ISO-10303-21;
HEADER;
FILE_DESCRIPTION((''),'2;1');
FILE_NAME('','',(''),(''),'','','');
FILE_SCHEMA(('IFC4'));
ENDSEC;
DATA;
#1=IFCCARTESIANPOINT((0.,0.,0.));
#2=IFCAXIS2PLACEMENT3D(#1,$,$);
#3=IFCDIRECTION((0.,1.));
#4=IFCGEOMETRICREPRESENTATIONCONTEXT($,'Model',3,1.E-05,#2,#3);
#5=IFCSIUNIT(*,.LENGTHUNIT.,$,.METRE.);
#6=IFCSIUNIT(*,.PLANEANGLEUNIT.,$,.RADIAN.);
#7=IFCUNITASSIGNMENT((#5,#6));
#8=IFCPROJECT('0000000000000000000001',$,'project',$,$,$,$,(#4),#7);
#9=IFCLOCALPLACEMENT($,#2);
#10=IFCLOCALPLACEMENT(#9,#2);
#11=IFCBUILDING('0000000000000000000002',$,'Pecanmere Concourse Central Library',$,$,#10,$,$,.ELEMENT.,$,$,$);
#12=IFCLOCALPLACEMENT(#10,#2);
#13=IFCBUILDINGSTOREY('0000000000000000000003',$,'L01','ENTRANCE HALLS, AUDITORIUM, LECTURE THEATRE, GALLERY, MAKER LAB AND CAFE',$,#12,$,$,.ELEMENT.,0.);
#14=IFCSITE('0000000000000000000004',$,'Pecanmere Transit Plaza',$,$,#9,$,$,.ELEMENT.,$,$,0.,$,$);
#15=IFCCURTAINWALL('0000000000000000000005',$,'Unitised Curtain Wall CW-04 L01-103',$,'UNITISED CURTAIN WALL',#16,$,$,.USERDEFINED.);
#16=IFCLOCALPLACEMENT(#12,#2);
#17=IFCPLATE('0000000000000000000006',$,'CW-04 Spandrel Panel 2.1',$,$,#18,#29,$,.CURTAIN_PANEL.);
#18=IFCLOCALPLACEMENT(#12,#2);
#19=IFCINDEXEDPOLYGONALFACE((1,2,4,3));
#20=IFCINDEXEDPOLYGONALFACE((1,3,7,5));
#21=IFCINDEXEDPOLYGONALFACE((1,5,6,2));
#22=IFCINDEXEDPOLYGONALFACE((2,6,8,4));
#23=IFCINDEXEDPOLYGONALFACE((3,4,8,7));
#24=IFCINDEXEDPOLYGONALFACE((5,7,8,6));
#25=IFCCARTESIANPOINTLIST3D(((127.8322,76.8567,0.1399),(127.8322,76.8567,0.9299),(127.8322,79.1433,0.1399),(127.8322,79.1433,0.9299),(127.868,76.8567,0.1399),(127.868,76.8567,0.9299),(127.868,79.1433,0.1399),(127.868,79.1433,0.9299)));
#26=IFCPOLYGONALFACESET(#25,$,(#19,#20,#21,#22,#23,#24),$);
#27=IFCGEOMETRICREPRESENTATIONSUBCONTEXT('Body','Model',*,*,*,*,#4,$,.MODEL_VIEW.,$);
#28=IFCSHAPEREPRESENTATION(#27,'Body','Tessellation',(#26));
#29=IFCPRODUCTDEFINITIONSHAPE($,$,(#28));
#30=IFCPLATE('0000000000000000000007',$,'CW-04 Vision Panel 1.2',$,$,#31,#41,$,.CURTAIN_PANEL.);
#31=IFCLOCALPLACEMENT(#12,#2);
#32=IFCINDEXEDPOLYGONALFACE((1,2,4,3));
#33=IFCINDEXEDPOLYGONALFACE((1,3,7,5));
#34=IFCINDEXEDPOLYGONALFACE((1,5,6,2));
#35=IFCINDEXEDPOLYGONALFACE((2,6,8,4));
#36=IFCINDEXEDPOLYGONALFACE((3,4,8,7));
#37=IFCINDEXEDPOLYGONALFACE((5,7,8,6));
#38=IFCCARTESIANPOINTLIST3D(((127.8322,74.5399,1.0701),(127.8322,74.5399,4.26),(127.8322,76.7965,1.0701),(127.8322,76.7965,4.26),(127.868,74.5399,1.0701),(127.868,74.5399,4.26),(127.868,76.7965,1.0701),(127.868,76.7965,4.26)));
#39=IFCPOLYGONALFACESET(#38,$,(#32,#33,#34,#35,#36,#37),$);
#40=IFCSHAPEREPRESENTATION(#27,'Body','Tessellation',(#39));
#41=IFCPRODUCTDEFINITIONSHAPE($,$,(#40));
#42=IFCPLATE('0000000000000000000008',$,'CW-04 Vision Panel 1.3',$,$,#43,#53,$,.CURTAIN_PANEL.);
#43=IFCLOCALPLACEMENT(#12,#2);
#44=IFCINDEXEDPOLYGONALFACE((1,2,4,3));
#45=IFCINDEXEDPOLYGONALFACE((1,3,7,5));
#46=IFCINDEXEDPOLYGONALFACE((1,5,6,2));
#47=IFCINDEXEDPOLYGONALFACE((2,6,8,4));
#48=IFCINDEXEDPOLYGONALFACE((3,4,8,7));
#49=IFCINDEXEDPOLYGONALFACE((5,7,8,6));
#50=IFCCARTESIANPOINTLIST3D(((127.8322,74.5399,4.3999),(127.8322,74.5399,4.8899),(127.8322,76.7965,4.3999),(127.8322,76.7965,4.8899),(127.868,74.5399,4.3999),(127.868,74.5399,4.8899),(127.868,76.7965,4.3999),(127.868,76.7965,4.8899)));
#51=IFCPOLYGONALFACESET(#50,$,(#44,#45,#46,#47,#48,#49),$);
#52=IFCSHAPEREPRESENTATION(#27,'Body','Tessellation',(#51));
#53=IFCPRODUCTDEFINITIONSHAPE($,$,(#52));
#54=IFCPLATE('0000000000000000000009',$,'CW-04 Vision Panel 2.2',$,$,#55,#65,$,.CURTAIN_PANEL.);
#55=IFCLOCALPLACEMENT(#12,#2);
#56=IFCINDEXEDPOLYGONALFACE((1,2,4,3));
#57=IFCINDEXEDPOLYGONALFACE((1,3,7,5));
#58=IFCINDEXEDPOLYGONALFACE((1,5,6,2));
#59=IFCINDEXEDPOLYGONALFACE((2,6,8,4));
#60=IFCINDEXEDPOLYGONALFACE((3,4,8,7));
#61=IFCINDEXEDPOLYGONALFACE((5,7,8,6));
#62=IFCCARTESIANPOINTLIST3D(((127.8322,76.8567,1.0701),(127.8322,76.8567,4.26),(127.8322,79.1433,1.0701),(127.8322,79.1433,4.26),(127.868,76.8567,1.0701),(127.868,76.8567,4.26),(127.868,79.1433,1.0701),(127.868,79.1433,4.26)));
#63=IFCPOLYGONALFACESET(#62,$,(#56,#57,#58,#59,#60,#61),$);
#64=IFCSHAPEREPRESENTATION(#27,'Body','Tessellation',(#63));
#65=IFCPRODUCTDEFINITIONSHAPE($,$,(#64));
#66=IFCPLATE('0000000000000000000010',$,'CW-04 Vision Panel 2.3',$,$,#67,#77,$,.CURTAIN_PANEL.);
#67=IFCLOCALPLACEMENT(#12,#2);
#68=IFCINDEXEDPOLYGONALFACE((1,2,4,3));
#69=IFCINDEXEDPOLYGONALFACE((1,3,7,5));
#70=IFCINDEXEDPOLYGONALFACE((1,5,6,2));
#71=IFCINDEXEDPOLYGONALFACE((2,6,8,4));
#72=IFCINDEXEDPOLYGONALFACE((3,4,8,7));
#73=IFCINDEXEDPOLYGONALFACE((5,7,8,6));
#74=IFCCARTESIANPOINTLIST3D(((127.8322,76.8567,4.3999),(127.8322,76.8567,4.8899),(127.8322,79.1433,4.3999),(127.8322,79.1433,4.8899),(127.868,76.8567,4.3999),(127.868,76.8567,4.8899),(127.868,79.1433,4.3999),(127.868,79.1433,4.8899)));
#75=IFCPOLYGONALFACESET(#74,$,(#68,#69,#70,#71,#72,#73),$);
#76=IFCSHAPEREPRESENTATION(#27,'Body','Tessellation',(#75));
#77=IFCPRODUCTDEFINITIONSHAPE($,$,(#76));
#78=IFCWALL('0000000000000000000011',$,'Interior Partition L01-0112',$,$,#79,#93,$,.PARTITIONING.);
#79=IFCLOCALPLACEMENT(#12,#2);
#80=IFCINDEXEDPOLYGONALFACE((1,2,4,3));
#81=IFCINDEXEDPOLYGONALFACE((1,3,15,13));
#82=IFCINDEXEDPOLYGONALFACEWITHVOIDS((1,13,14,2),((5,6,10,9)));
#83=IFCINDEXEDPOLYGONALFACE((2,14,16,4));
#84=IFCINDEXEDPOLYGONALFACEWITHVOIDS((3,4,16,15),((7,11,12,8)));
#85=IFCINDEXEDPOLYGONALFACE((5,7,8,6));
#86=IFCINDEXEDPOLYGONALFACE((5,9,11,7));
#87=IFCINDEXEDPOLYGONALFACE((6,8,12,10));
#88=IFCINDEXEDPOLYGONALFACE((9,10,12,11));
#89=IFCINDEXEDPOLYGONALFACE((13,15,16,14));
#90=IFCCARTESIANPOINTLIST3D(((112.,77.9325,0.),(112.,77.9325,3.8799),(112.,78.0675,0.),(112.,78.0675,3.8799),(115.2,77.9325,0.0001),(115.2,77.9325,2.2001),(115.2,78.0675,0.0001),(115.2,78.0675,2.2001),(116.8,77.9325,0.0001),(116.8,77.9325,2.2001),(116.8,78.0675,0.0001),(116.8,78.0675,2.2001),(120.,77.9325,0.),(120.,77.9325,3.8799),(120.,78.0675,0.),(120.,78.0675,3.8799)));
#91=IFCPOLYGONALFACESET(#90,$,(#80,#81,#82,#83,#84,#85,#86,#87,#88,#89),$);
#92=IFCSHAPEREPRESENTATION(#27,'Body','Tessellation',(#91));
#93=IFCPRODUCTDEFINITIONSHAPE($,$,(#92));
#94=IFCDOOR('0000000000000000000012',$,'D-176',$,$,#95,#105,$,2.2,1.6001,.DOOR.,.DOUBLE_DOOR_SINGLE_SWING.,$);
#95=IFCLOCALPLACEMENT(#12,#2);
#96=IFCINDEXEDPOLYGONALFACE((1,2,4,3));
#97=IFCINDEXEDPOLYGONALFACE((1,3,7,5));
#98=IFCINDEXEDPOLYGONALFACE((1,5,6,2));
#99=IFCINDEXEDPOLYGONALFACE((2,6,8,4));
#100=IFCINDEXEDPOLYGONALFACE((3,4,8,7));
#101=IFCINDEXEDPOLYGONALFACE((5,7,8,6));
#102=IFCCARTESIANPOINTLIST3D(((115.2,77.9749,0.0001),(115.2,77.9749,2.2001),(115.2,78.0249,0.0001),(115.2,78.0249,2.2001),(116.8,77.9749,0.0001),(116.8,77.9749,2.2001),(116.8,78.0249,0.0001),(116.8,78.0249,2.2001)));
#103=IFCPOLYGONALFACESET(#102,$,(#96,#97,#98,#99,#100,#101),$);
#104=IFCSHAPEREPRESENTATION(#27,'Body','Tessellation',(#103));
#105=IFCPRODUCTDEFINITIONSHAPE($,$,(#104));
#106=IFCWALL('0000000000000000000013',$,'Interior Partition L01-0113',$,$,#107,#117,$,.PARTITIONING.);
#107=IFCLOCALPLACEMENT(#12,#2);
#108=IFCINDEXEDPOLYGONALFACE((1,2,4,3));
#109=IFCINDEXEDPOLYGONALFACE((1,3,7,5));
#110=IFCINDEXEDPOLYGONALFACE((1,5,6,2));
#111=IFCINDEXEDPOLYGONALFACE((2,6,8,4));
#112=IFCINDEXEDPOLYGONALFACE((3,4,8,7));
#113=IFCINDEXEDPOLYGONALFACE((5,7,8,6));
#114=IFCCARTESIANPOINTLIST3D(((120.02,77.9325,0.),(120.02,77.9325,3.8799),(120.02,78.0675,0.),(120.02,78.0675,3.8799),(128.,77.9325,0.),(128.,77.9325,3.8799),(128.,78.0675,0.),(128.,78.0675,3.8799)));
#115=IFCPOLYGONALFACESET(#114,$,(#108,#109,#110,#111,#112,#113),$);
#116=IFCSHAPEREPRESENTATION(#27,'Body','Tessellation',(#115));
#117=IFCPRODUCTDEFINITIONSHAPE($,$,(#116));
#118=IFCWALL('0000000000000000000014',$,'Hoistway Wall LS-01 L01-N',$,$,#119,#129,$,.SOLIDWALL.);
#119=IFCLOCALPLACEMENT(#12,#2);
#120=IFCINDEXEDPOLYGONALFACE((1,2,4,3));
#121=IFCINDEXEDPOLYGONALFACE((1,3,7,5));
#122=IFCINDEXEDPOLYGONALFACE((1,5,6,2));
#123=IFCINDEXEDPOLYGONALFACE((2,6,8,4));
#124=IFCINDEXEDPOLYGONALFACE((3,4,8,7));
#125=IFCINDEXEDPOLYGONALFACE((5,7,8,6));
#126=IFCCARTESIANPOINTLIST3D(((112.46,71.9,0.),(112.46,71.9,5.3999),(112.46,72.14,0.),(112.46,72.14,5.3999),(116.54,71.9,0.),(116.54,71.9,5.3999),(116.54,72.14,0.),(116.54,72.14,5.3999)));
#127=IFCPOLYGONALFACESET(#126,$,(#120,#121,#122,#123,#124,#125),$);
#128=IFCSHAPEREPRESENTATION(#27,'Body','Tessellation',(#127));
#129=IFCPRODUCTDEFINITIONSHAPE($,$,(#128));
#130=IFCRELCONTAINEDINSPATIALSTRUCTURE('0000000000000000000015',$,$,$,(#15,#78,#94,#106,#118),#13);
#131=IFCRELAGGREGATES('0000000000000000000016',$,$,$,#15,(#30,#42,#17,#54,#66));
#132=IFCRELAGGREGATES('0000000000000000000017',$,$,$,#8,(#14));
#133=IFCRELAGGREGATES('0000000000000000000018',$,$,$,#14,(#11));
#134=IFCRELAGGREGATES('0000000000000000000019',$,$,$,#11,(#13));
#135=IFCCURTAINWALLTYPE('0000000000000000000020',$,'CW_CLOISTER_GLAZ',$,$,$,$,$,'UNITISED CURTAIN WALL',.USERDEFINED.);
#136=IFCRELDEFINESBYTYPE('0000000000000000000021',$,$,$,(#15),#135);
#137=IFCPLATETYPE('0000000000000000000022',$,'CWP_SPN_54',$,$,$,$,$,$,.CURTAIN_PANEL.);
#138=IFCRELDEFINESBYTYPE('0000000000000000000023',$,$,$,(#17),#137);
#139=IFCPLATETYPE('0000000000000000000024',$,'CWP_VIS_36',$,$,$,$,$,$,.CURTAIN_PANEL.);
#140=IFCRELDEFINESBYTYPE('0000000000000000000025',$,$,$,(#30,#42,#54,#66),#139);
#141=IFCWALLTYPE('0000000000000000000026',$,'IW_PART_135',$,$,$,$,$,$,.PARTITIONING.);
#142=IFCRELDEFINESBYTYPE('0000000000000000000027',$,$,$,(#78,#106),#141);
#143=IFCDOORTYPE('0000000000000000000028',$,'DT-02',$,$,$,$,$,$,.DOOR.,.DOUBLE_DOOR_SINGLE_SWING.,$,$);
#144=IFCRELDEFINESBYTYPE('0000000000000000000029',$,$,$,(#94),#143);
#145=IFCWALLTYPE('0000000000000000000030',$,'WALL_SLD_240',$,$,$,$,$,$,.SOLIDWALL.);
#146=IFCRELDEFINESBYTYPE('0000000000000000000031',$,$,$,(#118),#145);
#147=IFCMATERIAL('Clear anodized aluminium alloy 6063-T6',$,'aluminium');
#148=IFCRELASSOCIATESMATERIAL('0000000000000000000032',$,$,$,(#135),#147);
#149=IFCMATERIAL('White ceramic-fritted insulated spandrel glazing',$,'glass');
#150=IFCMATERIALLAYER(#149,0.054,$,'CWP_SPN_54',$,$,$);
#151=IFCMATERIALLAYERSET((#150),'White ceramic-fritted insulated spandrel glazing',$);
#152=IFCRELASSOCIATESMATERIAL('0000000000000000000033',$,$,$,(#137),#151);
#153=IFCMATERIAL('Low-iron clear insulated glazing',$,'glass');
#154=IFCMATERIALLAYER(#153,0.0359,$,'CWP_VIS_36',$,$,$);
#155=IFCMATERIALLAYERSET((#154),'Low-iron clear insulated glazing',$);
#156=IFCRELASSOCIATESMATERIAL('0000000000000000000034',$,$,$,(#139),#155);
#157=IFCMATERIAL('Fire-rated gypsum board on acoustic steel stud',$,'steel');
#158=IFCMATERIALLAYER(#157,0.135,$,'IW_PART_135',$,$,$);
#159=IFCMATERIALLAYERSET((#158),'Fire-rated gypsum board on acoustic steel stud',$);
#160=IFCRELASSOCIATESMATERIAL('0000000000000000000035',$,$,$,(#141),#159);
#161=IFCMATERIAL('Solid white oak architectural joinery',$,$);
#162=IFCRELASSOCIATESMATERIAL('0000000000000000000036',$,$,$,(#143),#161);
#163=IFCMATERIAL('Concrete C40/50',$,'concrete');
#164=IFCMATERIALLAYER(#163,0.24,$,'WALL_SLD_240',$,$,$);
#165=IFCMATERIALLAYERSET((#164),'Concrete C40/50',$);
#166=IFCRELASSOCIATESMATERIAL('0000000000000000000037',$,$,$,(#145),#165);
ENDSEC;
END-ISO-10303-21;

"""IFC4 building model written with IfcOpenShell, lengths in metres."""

from ifc_helpers import new_model, si_unit, direction, frame, frame_2d, origin, origin_2d, place, context, subcontext, project, spatial, rectangle, extrude, material, layer, layer_set, type_object, element, fill, aggregate, save


model = new_model("IFC4")

# Units and contexts
model_context = context("Model", 3, precision=1e-05, world=origin(), true_north=direction((0.0, 1.0)))
body_context = subcontext(model_context, "Body", "Model", "MODEL_VIEW")
ifc_project = project(units=[si_unit("LENGTHUNIT", "METRE"), si_unit("PLANEANGLEUNIT", "RADIAN")], contexts=[model_context])

# Site, building, storey
site_placement = place(None, origin())
site = spatial("IfcSite", under=ifc_project, at=site_placement, Name="Pecanmere Transit Plaza", CompositionType="ELEMENT", RefElevation=0.0)
building_placement = place(site_placement, origin())
building = spatial("IfcBuilding", under=site, at=building_placement, Name="Pecanmere Concourse Central Library", CompositionType="ELEMENT")
storey_placement = place(building_placement, origin())
storey = spatial("IfcBuildingStorey", under=building, at=storey_placement, Name="L01", Description="ENTRANCE HALLS, AUDITORIUM, LECTURE THEATRE, GALLERY, MAKER LAB AND CAFE", CompositionType="ELEMENT", Elevation=0.0)

# Shared definitions
ifc_material_1 = material(Name="Clear anodized aluminium alloy 6063-T6", Category="aluminium")
curtain_wall_type = type_object("IfcCurtainWallType", Name="CW_CLOISTER_GLAZ", ElementType="UNITISED CURTAIN WALL", PredefinedType="USERDEFINED", material=ifc_material_1)

# Curtain wall, plates
curtain_wall_1_placement = place(storey_placement, origin())
curtain_wall_1 = element("IfcCurtainWall", 1, at=curtain_wall_1_placement, inside=storey, type_object=curtain_wall_type, Name="Unitised Curtain Wall CW-04 L01-103", ObjectType="UNITISED CURTAIN WALL", PredefinedType="USERDEFINED")
ifc_material_2 = material(Name="White ceramic-fritted insulated spandrel glazing", Category="glass")
ifc_layer_1 = layer(ifc_material_2, 0.054, Name="CWP_SPN_54")
ifc_layer_set_1 = layer_set([ifc_layer_1], Name="White ceramic-fritted insulated spandrel glazing")
plate_type_1 = type_object("IfcPlateType", Name="CWP_SPN_54", PredefinedType="CURTAIN_PANEL", material=ifc_layer_set_1)
plate_1_placement = place(storey_placement, frame((127.8501, 78.0, 0.1399), z_axis=(0.0, 0.0, 1.0), x_axis=(0.0, 1.0, 0.0)))
plate_1 = element("IfcPlate", 2, at=plate_1_placement, type_object=plate_type_1, Name="CW-04 Spandrel Panel 2.1", PredefinedType="CURTAIN_PANEL", context=body_context, shape_type="SweptSolid", body=[
    extrude(rectangle(XDim=2.2866, YDim=0.0359, at=origin_2d()), origin(), (0.0, 0.0, 1.0), 0.79),
])
ifc_material_3 = material(Name="Low-iron clear insulated glazing", Category="glass")
ifc_layer_2 = layer(ifc_material_3, 0.0359, Name="CWP_VIS_36")
ifc_layer_set_2 = layer_set([ifc_layer_2], Name="Low-iron clear insulated glazing")
plate_type_2 = type_object("IfcPlateType", Name="CWP_VIS_36", PredefinedType="CURTAIN_PANEL", material=ifc_layer_set_2)
plate_2_placement = place(storey_placement, frame((127.8501, 75.6682, 1.0701), z_axis=(0.0, 0.0, 1.0), x_axis=(0.0, 1.0, 0.0)))
plate_2 = element("IfcPlate", 3, at=plate_2_placement, type_object=plate_type_2, Name="CW-04 Vision Panel 1.2", PredefinedType="CURTAIN_PANEL", context=body_context, shape_type="SweptSolid", body=[
    extrude(rectangle(XDim=2.2566, YDim=0.0359, at=origin_2d()), origin(), (0.0, 0.0, 1.0), 3.1899),
])
plate_3_placement = place(storey_placement, frame((127.8501, 75.6682, 4.3999), z_axis=(0.0, 0.0, 1.0), x_axis=(0.0, 1.0, 0.0)))
plate_3 = element("IfcPlate", 4, at=plate_3_placement, type_object=plate_type_2, Name="CW-04 Vision Panel 1.3", PredefinedType="CURTAIN_PANEL", context=body_context, shape_type="SweptSolid", body=[
    extrude(rectangle(XDim=2.2566, YDim=0.0359, at=origin_2d()), origin(), (0.0, 0.0, 1.0), 0.49),
])
plate_4_placement = place(storey_placement, frame((127.8501, 78.0, 1.0701), z_axis=(0.0, 0.0, 1.0), x_axis=(0.0, 1.0, 0.0)))
plate_4 = element("IfcPlate", 5, at=plate_4_placement, type_object=plate_type_2, Name="CW-04 Vision Panel 2.2", PredefinedType="CURTAIN_PANEL", context=body_context, shape_type="SweptSolid", body=[
    extrude(rectangle(XDim=2.2866, YDim=0.0359, at=origin_2d()), origin(), (0.0, 0.0, 1.0), 3.1899),
])
plate_5_placement = place(storey_placement, frame((127.8501, 78.0, 4.3999), z_axis=(0.0, 0.0, 1.0), x_axis=(0.0, 1.0, 0.0)))
plate_5 = element("IfcPlate", 6, at=plate_5_placement, type_object=plate_type_2, Name="CW-04 Vision Panel 2.3", PredefinedType="CURTAIN_PANEL", context=body_context, shape_type="SweptSolid", body=[
    extrude(rectangle(XDim=2.2866, YDim=0.0359, at=origin_2d()), origin(), (0.0, 0.0, 1.0), 0.49),
])
aggregate(curtain_wall_1, [plate_2, plate_3, plate_1, plate_4, plate_5])

# Wall, opening, door
ifc_material_4 = material(Name="Fire-rated gypsum board on acoustic steel stud", Category="steel")
ifc_layer_3 = layer(ifc_material_4, 0.135, Name="IW_PART_135")
ifc_layer_set_3 = layer_set([ifc_layer_3], Name="Fire-rated gypsum board on acoustic steel stud")
wall_type_1 = type_object("IfcWallType", Name="IW_PART_135", PredefinedType="PARTITIONING", material=ifc_layer_set_3)
wall_1_placement = place(storey_placement, frame((112.0, 78.0, 0.0), z_axis=(0.0, 0.0, 1.0), x_axis=(1.0, 0.0, 0.0)))
wall_1 = element("IfcWall", 7, at=wall_1_placement, inside=storey, type_object=wall_type_1, Name="Interior Partition L01-0112", PredefinedType="PARTITIONING", context=body_context, shape_type="SweptSolid", body=[
    extrude(rectangle(XDim=8.0, YDim=0.135, at=frame_2d((4.0, 0.0))), origin(), (0.0, 0.0, 1.0), 3.8799),
])
opening_placement = place(wall_1_placement, frame((3.2, 0.0, 0.0)))
opening = element("IfcOpeningElement", 8, at=opening_placement, cuts=wall_1, PredefinedType="OPENING", context=body_context, shape_type="SweptSolid", body=[
    extrude(rectangle(XDim=1.6001, YDim=2.2, at=frame_2d((0.8, 1.1001))), frame((0.0, 0.0796, 0.0), z_axis=(0.0, -1.0, 0.0), x_axis=(1.0, 0.0, 0.0)), (0.0, 0.0, 1.0), 0.1589),
])
ifc_material_5 = material(Name="Solid white oak architectural joinery")
door_type = type_object("IfcDoorType", Name="DT-02", OperationType="DOUBLE_DOOR_SINGLE_SWING", PredefinedType="DOOR", material=ifc_material_5)
door_placement = place(opening_placement, origin())
door = element("IfcDoor", 9, at=door_placement, inside=storey, type_object=door_type, Name="D-176", OperationType="DOUBLE_DOOR_SINGLE_SWING", OverallHeight=2.2, OverallWidth=1.6001, PredefinedType="DOOR", context=body_context, shape_type="SweptSolid", body=[
    extrude(rectangle(XDim=1.6001, YDim=2.2, at=frame_2d((0.8, 1.1001))), frame((0.0, 0.0249, 0.0), z_axis=(0.0, -1.0, 0.0), x_axis=(1.0, 0.0, 0.0)), (0.0, 0.0, 1.0), 0.05),
])
fill(opening, door)

# Walls
wall_2_placement = place(storey_placement, frame((120.02, 78.0, 0.0), z_axis=(0.0, 0.0, 1.0), x_axis=(1.0, 0.0, 0.0)))
element("IfcWall", 10, at=wall_2_placement, inside=storey, type_object=wall_type_1, Name="Interior Partition L01-0113", PredefinedType="PARTITIONING", context=body_context, shape_type="SweptSolid", body=[
    extrude(rectangle(XDim=7.98, YDim=0.135, at=frame_2d((3.99, 0.0))), origin(), (0.0, 0.0, 1.0), 3.8799),
])
ifc_material_6 = material(Name="Concrete C40/50", Category="concrete")
ifc_layer_4 = layer(ifc_material_6, 0.24, Name="WALL_SLD_240")
ifc_layer_set_4 = layer_set([ifc_layer_4], Name="Concrete C40/50")
wall_type_2 = type_object("IfcWallType", Name="WALL_SLD_240", PredefinedType="SOLIDWALL", material=ifc_layer_set_4)
wall_3_placement = place(storey_placement, frame((112.46, 72.02, 0.0), z_axis=(0.0, 0.0, 1.0), x_axis=(1.0, 0.0, 0.0)))
element("IfcWall", 11, at=wall_3_placement, inside=storey, type_object=wall_type_2, Name="Hoistway Wall LS-01 L01-N", PredefinedType="SOLIDWALL", context=body_context, shape_type="SweptSolid", body=[
    extrude(rectangle(XDim=4.0801, YDim=0.24, at=frame_2d((2.04, 0.0))), origin(), (0.0, 0.0, 1.0), 5.3999),
])

save(model, "model.ifc")
